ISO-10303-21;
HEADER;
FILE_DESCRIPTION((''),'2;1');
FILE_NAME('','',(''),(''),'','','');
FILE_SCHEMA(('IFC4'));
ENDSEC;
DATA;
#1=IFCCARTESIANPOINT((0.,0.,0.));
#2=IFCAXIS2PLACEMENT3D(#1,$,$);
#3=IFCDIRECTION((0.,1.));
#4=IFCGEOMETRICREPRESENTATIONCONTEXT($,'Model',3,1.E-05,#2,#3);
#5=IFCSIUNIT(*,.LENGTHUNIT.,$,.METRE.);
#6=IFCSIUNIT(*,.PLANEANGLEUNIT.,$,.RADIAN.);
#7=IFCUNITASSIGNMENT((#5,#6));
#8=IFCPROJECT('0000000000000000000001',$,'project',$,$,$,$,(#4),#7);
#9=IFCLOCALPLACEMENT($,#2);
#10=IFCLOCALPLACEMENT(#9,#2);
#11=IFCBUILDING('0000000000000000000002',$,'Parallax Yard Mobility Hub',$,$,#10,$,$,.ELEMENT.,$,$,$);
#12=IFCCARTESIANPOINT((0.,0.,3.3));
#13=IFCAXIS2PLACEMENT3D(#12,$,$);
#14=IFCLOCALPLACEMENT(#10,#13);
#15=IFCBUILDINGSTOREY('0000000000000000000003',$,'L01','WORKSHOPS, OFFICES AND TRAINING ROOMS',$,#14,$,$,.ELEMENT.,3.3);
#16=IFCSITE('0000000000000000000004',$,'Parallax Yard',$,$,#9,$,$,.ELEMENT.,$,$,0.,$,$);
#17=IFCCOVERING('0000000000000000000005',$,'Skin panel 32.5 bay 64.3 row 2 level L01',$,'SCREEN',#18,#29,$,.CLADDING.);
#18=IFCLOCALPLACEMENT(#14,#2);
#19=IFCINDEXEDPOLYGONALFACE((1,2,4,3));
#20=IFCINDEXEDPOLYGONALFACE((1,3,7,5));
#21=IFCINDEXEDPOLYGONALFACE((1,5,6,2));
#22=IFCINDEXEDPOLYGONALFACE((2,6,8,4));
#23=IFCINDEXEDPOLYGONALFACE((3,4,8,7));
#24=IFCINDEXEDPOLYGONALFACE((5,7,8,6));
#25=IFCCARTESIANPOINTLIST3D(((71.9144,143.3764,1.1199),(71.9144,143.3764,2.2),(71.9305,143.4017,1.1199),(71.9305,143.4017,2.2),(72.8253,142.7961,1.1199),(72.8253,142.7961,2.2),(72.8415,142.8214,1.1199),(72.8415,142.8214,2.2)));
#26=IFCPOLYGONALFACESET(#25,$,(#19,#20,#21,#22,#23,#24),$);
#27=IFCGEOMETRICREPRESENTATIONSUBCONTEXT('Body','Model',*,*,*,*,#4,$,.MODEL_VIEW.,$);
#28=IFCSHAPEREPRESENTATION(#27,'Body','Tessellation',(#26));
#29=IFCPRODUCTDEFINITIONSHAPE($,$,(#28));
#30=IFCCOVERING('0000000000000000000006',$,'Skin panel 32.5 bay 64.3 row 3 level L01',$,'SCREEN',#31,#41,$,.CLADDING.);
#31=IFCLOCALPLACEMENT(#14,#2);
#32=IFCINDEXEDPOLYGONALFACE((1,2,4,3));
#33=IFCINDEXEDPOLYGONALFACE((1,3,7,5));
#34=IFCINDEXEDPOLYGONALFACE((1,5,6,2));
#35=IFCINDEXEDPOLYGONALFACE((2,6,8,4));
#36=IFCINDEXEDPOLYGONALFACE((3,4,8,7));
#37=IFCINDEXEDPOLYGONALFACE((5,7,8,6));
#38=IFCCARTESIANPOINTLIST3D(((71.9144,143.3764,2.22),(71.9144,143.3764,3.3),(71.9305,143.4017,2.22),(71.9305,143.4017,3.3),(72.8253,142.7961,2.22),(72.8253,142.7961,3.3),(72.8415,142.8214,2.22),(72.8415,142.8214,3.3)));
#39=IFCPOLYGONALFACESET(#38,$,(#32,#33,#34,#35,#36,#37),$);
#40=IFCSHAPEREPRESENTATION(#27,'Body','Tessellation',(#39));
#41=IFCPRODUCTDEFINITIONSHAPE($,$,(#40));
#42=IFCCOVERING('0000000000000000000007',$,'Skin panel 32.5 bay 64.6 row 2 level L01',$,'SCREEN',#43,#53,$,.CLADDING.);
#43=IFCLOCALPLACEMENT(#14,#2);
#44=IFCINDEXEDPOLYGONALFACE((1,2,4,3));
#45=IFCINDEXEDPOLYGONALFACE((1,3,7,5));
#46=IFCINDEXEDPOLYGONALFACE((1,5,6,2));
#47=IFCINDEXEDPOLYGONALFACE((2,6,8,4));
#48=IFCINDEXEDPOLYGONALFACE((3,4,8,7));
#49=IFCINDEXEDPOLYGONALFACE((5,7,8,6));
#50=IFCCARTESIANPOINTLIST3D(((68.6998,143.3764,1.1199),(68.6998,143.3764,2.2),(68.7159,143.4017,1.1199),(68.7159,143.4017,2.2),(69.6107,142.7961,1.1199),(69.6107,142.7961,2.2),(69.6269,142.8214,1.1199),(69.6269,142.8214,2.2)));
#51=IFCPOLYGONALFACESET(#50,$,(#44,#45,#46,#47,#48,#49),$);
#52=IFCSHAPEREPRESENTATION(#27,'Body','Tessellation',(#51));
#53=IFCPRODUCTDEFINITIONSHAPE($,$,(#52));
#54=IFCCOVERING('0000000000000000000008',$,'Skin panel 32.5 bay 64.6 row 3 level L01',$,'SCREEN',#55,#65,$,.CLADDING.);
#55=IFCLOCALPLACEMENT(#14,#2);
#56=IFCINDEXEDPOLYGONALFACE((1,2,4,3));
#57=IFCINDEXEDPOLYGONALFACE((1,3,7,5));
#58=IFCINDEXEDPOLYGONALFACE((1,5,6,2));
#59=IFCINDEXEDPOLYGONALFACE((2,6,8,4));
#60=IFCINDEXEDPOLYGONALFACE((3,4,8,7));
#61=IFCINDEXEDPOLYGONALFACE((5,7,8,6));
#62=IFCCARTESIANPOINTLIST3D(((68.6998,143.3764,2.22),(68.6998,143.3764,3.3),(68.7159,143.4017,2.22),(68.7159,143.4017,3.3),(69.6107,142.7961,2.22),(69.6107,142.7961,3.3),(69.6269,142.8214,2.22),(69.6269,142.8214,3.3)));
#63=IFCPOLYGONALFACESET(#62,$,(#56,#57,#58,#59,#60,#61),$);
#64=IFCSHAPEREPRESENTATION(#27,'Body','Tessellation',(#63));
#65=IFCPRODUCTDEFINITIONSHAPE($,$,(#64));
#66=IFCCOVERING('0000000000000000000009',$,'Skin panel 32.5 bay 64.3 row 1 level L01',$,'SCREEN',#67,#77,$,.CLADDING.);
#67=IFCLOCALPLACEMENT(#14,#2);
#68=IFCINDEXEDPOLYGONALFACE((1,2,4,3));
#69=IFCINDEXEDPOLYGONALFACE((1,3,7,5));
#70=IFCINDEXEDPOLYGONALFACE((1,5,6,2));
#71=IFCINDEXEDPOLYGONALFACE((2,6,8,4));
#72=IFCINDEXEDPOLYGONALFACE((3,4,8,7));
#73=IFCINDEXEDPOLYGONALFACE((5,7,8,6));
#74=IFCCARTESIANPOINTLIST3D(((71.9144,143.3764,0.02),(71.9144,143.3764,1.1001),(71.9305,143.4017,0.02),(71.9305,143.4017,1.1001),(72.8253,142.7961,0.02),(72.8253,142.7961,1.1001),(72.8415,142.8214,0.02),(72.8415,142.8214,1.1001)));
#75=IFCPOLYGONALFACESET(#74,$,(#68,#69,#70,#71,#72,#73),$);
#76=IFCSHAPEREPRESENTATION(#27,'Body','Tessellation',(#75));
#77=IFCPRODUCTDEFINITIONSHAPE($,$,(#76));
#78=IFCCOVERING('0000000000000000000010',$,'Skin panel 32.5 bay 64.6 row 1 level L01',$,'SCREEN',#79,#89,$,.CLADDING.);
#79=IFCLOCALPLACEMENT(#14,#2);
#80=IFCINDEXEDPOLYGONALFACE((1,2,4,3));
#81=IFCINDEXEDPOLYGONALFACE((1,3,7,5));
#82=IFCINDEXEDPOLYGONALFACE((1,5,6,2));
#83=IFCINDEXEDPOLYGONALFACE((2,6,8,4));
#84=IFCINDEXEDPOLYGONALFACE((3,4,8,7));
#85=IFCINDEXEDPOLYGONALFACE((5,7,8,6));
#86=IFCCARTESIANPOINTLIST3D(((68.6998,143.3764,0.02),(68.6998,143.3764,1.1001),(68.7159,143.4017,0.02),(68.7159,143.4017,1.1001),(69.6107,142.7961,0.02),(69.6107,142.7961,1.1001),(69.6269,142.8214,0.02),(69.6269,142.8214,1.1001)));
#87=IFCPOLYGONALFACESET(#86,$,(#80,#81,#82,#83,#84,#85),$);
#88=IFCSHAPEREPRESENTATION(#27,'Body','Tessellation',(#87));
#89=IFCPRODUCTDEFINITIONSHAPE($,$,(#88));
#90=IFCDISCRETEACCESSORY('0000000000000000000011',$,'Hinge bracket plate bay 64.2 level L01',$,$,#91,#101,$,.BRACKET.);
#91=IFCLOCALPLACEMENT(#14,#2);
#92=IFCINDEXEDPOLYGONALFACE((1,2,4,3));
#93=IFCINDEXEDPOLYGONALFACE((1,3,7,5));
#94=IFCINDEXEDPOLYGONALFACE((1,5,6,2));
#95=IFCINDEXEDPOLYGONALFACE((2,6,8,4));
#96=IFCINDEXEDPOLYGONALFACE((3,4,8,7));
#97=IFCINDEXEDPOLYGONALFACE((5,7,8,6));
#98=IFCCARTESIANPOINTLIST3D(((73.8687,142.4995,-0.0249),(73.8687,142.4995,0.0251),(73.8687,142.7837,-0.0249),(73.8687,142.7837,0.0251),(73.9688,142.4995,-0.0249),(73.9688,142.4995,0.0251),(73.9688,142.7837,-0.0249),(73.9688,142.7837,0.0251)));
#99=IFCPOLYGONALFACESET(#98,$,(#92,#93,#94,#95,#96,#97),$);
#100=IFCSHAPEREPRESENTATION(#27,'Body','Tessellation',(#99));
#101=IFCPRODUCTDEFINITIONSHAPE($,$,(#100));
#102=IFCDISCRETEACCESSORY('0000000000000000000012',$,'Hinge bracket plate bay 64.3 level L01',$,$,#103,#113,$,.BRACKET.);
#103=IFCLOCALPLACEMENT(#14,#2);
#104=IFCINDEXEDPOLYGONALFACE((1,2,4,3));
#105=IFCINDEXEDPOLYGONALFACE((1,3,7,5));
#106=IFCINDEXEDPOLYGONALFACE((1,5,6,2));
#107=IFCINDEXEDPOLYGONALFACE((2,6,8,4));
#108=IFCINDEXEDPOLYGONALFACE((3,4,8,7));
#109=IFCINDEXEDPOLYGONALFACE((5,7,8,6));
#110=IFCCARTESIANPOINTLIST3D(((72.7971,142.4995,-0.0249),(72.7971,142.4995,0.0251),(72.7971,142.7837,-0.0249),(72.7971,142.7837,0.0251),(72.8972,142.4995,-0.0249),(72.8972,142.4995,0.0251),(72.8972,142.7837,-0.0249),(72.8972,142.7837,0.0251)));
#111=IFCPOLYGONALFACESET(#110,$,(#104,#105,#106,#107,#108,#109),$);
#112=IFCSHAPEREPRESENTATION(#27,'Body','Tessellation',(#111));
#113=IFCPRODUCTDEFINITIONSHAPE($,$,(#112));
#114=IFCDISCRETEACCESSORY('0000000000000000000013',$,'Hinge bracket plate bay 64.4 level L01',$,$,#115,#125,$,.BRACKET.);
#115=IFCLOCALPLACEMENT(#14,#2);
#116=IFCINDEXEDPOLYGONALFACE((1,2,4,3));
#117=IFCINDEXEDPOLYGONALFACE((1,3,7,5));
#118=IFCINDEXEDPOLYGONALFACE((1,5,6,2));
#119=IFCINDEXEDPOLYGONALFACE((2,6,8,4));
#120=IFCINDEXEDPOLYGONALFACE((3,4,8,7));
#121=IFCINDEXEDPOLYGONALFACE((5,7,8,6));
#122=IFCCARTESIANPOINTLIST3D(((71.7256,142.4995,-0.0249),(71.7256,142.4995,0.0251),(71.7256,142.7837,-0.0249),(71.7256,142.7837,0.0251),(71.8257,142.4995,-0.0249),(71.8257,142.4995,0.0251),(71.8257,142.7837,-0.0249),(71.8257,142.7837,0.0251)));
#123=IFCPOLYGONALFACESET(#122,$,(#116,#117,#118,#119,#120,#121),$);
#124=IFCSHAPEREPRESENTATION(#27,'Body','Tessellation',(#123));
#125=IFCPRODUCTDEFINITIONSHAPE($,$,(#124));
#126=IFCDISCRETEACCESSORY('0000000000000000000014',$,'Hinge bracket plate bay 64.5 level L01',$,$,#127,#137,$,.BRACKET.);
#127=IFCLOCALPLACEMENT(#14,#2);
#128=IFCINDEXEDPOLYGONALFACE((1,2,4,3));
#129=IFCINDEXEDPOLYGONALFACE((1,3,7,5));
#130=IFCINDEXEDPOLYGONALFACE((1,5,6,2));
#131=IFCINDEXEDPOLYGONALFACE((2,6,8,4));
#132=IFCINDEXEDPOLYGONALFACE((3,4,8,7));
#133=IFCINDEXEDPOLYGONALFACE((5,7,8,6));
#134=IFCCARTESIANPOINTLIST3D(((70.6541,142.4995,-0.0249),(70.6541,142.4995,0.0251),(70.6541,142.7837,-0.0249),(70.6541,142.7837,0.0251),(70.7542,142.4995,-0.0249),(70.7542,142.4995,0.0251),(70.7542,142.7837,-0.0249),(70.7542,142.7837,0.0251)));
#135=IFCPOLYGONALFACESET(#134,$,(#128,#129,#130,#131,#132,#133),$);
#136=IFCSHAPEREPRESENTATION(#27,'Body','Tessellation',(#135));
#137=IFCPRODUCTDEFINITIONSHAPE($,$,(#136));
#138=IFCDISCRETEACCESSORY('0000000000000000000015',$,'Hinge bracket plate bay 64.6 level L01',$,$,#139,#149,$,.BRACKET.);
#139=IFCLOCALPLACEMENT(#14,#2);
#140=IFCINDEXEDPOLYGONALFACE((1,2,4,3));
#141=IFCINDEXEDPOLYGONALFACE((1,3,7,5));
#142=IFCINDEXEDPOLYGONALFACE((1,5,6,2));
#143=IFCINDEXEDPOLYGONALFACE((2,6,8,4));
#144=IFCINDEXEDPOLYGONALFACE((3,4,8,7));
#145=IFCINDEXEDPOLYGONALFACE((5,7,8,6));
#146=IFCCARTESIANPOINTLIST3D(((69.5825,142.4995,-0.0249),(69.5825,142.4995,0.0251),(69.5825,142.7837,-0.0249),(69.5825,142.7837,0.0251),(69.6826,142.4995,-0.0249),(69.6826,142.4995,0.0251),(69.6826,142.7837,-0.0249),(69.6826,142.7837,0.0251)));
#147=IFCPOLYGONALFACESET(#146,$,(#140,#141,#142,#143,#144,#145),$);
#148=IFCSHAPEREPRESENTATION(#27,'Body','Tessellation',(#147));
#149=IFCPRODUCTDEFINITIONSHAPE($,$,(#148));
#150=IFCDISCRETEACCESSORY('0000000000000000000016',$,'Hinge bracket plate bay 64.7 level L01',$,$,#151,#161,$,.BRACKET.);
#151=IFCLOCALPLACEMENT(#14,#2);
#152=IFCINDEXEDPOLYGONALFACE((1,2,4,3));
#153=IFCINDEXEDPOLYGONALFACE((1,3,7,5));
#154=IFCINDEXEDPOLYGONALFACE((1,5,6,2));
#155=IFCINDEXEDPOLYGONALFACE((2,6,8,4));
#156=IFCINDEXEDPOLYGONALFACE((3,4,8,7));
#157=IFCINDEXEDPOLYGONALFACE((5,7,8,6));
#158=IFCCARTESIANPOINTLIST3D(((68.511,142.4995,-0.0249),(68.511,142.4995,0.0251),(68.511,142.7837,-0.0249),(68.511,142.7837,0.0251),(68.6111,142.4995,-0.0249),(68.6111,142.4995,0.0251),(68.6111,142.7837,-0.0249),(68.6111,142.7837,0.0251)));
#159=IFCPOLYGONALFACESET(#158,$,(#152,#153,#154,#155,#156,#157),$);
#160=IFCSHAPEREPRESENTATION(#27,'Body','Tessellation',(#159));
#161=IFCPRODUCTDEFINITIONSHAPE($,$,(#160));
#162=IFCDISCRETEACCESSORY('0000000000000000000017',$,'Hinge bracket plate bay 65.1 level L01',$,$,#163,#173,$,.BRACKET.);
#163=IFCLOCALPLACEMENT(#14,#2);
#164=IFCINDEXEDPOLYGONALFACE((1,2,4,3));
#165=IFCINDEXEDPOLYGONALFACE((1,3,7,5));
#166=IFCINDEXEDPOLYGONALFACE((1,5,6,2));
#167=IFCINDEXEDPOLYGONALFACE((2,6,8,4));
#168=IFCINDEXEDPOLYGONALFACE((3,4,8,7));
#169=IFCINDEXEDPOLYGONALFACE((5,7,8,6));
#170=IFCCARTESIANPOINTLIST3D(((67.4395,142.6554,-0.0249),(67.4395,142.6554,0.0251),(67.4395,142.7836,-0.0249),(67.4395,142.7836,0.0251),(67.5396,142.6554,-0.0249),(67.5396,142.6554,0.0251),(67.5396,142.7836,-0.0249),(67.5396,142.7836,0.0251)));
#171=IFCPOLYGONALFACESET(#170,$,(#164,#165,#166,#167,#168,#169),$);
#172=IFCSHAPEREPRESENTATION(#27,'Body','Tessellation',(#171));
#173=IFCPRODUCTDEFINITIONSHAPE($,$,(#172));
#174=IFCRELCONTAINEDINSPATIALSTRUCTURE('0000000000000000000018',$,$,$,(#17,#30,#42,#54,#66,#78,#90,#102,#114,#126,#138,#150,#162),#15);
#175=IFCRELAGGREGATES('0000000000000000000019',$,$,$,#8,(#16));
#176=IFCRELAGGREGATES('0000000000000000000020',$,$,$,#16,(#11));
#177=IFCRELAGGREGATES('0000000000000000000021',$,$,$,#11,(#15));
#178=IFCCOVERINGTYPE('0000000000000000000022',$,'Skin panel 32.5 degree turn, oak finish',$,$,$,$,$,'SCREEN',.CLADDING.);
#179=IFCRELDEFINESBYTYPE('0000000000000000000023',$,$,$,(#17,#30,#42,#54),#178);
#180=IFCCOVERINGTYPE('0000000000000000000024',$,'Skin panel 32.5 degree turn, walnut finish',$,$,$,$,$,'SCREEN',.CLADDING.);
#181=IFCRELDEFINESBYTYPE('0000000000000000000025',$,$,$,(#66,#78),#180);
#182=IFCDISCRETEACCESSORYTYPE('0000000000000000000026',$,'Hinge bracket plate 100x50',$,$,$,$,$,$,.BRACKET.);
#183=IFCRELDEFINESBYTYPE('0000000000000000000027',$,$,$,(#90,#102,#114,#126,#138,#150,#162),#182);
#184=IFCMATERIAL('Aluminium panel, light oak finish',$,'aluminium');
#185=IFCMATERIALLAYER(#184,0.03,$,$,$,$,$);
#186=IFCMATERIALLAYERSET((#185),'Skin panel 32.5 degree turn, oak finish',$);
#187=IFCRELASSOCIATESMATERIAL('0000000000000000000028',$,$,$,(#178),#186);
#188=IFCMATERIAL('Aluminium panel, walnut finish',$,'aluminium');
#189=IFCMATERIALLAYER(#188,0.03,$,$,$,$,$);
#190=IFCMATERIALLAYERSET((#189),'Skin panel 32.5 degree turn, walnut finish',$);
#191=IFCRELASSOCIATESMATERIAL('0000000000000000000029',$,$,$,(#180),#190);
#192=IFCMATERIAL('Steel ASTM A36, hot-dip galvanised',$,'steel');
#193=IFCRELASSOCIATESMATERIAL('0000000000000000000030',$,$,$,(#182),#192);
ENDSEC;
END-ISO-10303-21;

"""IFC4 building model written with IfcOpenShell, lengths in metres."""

from ifc_helpers import new_model, si_unit, direction, frame, origin, origin_2d, place, context, subcontext, project, spatial, rectangle, extrude, material, layer, layer_set, type_object, element, save


model = new_model("IFC4")

# Units and contexts
model_context = context("Model", 3, precision=1e-05, world=origin(), true_north=direction((0.0, 1.0)))
body_context = subcontext(model_context, "Body", "Model", "MODEL_VIEW")
ifc_project = project(units=[si_unit("LENGTHUNIT", "METRE"), si_unit("PLANEANGLEUNIT", "RADIAN")], contexts=[model_context])

# Site, building, storey
site_placement = place(None, origin())
site = spatial("IfcSite", under=ifc_project, at=site_placement, Name="Parallax Yard", CompositionType="ELEMENT", RefElevation=0.0)
building_placement = place(site_placement, origin())
building = spatial("IfcBuilding", under=site, at=building_placement, Name="Parallax Yard Mobility Hub", CompositionType="ELEMENT")
storey_placement = place(building_placement, frame((0.0, 0.0, 3.3)))
storey = spatial("IfcBuildingStorey", under=building, at=storey_placement, Name="L01", Description="WORKSHOPS, OFFICES AND TRAINING ROOMS", CompositionType="ELEMENT", Elevation=3.3)

# Coverings
ifc_material_1 = material(Name="Aluminium panel, light oak finish", Category="aluminium")
ifc_material_2 = material(Name="Aluminium panel, walnut finish", Category="aluminium")
ifc_layer_1 = layer(ifc_material_1, 0.03)
ifc_layer_set_1 = layer_set([ifc_layer_1], Name="Skin panel 32.5 degree turn, oak finish")
covering_type_1 = type_object("IfcCoveringType", Name="Skin panel 32.5 degree turn, oak finish", ElementType="SCREEN", PredefinedType="CLADDING", material=ifc_layer_set_1)
for number, where, z_axis, x_axis, name in (
    (1, (72.3779, 143.0989, 1.1199), (0.0, 0.0, 1.0), (-0.843391, 0.5373, 0.0), "Skin panel 32.5 bay 64.3 row 2 level L01"),
    (2, (72.3779, 143.0989, 2.22), (0.0, 0.0, 1.0), (-0.843391, 0.5373, 0.0), "Skin panel 32.5 bay 64.3 row 3 level L01"),
    (3, (69.1633, 143.0989, 1.1199), (0.0, 0.0, 1.0), (-0.843391, 0.5373, 0.0), "Skin panel 32.5 bay 64.6 row 2 level L01"),
    (4, (69.1633, 143.0989, 2.22), (0.0, 0.0, 1.0), (-0.843391, 0.5373, 0.0), "Skin panel 32.5 bay 64.6 row 3 level L01"),
):
    element("IfcCovering", number, at=place(storey_placement, frame(where, z_axis=z_axis, x_axis=x_axis)), inside=storey, type_object=covering_type_1, Name=name, ObjectType="SCREEN", PredefinedType="CLADDING", context=body_context, shape_type="SweptSolid", body=[
        extrude(rectangle(XDim=1.0801, YDim=0.03, at=origin_2d()), origin(), (0.0, 0.0, 1.0), 1.0801),
    ])
ifc_layer_2 = layer(ifc_material_2, 0.03)
ifc_layer_set_2 = layer_set([ifc_layer_2], Name="Skin panel 32.5 degree turn, walnut finish")
covering_type_2 = type_object("IfcCoveringType", Name="Skin panel 32.5 degree turn, walnut finish", ElementType="SCREEN", PredefinedType="CLADDING", material=ifc_layer_set_2)
for number, where, z_axis, x_axis, name in (
    (5, (72.3779, 143.0989, 0.02), (0.0, 0.0, 1.0), (-0.843391, 0.5373, 0.0), "Skin panel 32.5 bay 64.3 row 1 level L01"),
    (6, (69.1633, 143.0989, 0.02), (0.0, 0.0, 1.0), (-0.843391, 0.5373, 0.0), "Skin panel 32.5 bay 64.6 row 1 level L01"),
):
    element("IfcCovering", number, at=place(storey_placement, frame(where, z_axis=z_axis, x_axis=x_axis)), inside=storey, type_object=covering_type_2, Name=name, ObjectType="SCREEN", PredefinedType="CLADDING", context=body_context, shape_type="SweptSolid", body=[
        extrude(rectangle(XDim=1.0801, YDim=0.03, at=origin_2d()), origin(), (0.0, 0.0, 1.0), 1.0801),
    ])

# Discrete accessories
ifc_material_3 = material(Name="Steel ASTM A36, hot-dip galvanised", Category="steel")
discrete_accessory_type_1 = type_object("IfcDiscreteAccessoryType", Name="Hinge bracket plate 100x50", PredefinedType="BRACKET", material=ifc_material_3)
for number, where, z_axis, x_axis, name in (
    (7, (73.9187, 142.6416, -0.0249), (0.0, 0.0, 1.0), (0.0, 1.0, 0.0), "Hinge bracket plate bay 64.2 level L01"),
    (8, (72.8472, 142.6416, -0.0249), (0.0, 0.0, 1.0), (0.0, 1.0, 0.0), "Hinge bracket plate bay 64.3 level L01"),
    (9, (71.7756, 142.6416, -0.0249), (0.0, 0.0, 1.0), (0.0, 1.0, 0.0), "Hinge bracket plate bay 64.4 level L01"),
    (10, (70.7041, 142.6416, -0.0249), (0.0, 0.0, 1.0), (0.0, 1.0, 0.0), "Hinge bracket plate bay 64.5 level L01"),
    (11, (69.6326, 142.6416, -0.0249), (0.0, 0.0, 1.0), (0.0, 1.0, 0.0), "Hinge bracket plate bay 64.6 level L01"),
    (12, (68.561, 142.6416, -0.0249), (0.0, 0.0, 1.0), (0.0, 1.0, 0.0), "Hinge bracket plate bay 64.7 level L01"),
):
    element("IfcDiscreteAccessory", number, at=place(storey_placement, frame(where, z_axis=z_axis, x_axis=x_axis)), inside=storey, type_object=discrete_accessory_type_1, Name=name, PredefinedType="BRACKET", context=body_context, shape_type="SweptSolid", body=[
        extrude(rectangle(XDim=0.2842, YDim=0.1001, at=origin_2d()), origin(), (0.0, 0.0, 1.0), 0.05),
    ])
discrete_accessory_placement = place(storey_placement, frame((67.4895, 142.7195, -0.0249), z_axis=(0.0, 0.0, 1.0), x_axis=(0.0, 1.0, 0.0)))
element("IfcDiscreteAccessory", 13, at=discrete_accessory_placement, inside=storey, type_object=discrete_accessory_type_1, Name="Hinge bracket plate bay 65.1 level L01", PredefinedType="BRACKET", context=body_context, shape_type="SweptSolid", body=[
    extrude(rectangle(XDim=0.1282, YDim=0.1001, at=origin_2d()), origin(), (0.0, 0.0, 1.0), 0.05),
])

save(model, "model.ifc")
